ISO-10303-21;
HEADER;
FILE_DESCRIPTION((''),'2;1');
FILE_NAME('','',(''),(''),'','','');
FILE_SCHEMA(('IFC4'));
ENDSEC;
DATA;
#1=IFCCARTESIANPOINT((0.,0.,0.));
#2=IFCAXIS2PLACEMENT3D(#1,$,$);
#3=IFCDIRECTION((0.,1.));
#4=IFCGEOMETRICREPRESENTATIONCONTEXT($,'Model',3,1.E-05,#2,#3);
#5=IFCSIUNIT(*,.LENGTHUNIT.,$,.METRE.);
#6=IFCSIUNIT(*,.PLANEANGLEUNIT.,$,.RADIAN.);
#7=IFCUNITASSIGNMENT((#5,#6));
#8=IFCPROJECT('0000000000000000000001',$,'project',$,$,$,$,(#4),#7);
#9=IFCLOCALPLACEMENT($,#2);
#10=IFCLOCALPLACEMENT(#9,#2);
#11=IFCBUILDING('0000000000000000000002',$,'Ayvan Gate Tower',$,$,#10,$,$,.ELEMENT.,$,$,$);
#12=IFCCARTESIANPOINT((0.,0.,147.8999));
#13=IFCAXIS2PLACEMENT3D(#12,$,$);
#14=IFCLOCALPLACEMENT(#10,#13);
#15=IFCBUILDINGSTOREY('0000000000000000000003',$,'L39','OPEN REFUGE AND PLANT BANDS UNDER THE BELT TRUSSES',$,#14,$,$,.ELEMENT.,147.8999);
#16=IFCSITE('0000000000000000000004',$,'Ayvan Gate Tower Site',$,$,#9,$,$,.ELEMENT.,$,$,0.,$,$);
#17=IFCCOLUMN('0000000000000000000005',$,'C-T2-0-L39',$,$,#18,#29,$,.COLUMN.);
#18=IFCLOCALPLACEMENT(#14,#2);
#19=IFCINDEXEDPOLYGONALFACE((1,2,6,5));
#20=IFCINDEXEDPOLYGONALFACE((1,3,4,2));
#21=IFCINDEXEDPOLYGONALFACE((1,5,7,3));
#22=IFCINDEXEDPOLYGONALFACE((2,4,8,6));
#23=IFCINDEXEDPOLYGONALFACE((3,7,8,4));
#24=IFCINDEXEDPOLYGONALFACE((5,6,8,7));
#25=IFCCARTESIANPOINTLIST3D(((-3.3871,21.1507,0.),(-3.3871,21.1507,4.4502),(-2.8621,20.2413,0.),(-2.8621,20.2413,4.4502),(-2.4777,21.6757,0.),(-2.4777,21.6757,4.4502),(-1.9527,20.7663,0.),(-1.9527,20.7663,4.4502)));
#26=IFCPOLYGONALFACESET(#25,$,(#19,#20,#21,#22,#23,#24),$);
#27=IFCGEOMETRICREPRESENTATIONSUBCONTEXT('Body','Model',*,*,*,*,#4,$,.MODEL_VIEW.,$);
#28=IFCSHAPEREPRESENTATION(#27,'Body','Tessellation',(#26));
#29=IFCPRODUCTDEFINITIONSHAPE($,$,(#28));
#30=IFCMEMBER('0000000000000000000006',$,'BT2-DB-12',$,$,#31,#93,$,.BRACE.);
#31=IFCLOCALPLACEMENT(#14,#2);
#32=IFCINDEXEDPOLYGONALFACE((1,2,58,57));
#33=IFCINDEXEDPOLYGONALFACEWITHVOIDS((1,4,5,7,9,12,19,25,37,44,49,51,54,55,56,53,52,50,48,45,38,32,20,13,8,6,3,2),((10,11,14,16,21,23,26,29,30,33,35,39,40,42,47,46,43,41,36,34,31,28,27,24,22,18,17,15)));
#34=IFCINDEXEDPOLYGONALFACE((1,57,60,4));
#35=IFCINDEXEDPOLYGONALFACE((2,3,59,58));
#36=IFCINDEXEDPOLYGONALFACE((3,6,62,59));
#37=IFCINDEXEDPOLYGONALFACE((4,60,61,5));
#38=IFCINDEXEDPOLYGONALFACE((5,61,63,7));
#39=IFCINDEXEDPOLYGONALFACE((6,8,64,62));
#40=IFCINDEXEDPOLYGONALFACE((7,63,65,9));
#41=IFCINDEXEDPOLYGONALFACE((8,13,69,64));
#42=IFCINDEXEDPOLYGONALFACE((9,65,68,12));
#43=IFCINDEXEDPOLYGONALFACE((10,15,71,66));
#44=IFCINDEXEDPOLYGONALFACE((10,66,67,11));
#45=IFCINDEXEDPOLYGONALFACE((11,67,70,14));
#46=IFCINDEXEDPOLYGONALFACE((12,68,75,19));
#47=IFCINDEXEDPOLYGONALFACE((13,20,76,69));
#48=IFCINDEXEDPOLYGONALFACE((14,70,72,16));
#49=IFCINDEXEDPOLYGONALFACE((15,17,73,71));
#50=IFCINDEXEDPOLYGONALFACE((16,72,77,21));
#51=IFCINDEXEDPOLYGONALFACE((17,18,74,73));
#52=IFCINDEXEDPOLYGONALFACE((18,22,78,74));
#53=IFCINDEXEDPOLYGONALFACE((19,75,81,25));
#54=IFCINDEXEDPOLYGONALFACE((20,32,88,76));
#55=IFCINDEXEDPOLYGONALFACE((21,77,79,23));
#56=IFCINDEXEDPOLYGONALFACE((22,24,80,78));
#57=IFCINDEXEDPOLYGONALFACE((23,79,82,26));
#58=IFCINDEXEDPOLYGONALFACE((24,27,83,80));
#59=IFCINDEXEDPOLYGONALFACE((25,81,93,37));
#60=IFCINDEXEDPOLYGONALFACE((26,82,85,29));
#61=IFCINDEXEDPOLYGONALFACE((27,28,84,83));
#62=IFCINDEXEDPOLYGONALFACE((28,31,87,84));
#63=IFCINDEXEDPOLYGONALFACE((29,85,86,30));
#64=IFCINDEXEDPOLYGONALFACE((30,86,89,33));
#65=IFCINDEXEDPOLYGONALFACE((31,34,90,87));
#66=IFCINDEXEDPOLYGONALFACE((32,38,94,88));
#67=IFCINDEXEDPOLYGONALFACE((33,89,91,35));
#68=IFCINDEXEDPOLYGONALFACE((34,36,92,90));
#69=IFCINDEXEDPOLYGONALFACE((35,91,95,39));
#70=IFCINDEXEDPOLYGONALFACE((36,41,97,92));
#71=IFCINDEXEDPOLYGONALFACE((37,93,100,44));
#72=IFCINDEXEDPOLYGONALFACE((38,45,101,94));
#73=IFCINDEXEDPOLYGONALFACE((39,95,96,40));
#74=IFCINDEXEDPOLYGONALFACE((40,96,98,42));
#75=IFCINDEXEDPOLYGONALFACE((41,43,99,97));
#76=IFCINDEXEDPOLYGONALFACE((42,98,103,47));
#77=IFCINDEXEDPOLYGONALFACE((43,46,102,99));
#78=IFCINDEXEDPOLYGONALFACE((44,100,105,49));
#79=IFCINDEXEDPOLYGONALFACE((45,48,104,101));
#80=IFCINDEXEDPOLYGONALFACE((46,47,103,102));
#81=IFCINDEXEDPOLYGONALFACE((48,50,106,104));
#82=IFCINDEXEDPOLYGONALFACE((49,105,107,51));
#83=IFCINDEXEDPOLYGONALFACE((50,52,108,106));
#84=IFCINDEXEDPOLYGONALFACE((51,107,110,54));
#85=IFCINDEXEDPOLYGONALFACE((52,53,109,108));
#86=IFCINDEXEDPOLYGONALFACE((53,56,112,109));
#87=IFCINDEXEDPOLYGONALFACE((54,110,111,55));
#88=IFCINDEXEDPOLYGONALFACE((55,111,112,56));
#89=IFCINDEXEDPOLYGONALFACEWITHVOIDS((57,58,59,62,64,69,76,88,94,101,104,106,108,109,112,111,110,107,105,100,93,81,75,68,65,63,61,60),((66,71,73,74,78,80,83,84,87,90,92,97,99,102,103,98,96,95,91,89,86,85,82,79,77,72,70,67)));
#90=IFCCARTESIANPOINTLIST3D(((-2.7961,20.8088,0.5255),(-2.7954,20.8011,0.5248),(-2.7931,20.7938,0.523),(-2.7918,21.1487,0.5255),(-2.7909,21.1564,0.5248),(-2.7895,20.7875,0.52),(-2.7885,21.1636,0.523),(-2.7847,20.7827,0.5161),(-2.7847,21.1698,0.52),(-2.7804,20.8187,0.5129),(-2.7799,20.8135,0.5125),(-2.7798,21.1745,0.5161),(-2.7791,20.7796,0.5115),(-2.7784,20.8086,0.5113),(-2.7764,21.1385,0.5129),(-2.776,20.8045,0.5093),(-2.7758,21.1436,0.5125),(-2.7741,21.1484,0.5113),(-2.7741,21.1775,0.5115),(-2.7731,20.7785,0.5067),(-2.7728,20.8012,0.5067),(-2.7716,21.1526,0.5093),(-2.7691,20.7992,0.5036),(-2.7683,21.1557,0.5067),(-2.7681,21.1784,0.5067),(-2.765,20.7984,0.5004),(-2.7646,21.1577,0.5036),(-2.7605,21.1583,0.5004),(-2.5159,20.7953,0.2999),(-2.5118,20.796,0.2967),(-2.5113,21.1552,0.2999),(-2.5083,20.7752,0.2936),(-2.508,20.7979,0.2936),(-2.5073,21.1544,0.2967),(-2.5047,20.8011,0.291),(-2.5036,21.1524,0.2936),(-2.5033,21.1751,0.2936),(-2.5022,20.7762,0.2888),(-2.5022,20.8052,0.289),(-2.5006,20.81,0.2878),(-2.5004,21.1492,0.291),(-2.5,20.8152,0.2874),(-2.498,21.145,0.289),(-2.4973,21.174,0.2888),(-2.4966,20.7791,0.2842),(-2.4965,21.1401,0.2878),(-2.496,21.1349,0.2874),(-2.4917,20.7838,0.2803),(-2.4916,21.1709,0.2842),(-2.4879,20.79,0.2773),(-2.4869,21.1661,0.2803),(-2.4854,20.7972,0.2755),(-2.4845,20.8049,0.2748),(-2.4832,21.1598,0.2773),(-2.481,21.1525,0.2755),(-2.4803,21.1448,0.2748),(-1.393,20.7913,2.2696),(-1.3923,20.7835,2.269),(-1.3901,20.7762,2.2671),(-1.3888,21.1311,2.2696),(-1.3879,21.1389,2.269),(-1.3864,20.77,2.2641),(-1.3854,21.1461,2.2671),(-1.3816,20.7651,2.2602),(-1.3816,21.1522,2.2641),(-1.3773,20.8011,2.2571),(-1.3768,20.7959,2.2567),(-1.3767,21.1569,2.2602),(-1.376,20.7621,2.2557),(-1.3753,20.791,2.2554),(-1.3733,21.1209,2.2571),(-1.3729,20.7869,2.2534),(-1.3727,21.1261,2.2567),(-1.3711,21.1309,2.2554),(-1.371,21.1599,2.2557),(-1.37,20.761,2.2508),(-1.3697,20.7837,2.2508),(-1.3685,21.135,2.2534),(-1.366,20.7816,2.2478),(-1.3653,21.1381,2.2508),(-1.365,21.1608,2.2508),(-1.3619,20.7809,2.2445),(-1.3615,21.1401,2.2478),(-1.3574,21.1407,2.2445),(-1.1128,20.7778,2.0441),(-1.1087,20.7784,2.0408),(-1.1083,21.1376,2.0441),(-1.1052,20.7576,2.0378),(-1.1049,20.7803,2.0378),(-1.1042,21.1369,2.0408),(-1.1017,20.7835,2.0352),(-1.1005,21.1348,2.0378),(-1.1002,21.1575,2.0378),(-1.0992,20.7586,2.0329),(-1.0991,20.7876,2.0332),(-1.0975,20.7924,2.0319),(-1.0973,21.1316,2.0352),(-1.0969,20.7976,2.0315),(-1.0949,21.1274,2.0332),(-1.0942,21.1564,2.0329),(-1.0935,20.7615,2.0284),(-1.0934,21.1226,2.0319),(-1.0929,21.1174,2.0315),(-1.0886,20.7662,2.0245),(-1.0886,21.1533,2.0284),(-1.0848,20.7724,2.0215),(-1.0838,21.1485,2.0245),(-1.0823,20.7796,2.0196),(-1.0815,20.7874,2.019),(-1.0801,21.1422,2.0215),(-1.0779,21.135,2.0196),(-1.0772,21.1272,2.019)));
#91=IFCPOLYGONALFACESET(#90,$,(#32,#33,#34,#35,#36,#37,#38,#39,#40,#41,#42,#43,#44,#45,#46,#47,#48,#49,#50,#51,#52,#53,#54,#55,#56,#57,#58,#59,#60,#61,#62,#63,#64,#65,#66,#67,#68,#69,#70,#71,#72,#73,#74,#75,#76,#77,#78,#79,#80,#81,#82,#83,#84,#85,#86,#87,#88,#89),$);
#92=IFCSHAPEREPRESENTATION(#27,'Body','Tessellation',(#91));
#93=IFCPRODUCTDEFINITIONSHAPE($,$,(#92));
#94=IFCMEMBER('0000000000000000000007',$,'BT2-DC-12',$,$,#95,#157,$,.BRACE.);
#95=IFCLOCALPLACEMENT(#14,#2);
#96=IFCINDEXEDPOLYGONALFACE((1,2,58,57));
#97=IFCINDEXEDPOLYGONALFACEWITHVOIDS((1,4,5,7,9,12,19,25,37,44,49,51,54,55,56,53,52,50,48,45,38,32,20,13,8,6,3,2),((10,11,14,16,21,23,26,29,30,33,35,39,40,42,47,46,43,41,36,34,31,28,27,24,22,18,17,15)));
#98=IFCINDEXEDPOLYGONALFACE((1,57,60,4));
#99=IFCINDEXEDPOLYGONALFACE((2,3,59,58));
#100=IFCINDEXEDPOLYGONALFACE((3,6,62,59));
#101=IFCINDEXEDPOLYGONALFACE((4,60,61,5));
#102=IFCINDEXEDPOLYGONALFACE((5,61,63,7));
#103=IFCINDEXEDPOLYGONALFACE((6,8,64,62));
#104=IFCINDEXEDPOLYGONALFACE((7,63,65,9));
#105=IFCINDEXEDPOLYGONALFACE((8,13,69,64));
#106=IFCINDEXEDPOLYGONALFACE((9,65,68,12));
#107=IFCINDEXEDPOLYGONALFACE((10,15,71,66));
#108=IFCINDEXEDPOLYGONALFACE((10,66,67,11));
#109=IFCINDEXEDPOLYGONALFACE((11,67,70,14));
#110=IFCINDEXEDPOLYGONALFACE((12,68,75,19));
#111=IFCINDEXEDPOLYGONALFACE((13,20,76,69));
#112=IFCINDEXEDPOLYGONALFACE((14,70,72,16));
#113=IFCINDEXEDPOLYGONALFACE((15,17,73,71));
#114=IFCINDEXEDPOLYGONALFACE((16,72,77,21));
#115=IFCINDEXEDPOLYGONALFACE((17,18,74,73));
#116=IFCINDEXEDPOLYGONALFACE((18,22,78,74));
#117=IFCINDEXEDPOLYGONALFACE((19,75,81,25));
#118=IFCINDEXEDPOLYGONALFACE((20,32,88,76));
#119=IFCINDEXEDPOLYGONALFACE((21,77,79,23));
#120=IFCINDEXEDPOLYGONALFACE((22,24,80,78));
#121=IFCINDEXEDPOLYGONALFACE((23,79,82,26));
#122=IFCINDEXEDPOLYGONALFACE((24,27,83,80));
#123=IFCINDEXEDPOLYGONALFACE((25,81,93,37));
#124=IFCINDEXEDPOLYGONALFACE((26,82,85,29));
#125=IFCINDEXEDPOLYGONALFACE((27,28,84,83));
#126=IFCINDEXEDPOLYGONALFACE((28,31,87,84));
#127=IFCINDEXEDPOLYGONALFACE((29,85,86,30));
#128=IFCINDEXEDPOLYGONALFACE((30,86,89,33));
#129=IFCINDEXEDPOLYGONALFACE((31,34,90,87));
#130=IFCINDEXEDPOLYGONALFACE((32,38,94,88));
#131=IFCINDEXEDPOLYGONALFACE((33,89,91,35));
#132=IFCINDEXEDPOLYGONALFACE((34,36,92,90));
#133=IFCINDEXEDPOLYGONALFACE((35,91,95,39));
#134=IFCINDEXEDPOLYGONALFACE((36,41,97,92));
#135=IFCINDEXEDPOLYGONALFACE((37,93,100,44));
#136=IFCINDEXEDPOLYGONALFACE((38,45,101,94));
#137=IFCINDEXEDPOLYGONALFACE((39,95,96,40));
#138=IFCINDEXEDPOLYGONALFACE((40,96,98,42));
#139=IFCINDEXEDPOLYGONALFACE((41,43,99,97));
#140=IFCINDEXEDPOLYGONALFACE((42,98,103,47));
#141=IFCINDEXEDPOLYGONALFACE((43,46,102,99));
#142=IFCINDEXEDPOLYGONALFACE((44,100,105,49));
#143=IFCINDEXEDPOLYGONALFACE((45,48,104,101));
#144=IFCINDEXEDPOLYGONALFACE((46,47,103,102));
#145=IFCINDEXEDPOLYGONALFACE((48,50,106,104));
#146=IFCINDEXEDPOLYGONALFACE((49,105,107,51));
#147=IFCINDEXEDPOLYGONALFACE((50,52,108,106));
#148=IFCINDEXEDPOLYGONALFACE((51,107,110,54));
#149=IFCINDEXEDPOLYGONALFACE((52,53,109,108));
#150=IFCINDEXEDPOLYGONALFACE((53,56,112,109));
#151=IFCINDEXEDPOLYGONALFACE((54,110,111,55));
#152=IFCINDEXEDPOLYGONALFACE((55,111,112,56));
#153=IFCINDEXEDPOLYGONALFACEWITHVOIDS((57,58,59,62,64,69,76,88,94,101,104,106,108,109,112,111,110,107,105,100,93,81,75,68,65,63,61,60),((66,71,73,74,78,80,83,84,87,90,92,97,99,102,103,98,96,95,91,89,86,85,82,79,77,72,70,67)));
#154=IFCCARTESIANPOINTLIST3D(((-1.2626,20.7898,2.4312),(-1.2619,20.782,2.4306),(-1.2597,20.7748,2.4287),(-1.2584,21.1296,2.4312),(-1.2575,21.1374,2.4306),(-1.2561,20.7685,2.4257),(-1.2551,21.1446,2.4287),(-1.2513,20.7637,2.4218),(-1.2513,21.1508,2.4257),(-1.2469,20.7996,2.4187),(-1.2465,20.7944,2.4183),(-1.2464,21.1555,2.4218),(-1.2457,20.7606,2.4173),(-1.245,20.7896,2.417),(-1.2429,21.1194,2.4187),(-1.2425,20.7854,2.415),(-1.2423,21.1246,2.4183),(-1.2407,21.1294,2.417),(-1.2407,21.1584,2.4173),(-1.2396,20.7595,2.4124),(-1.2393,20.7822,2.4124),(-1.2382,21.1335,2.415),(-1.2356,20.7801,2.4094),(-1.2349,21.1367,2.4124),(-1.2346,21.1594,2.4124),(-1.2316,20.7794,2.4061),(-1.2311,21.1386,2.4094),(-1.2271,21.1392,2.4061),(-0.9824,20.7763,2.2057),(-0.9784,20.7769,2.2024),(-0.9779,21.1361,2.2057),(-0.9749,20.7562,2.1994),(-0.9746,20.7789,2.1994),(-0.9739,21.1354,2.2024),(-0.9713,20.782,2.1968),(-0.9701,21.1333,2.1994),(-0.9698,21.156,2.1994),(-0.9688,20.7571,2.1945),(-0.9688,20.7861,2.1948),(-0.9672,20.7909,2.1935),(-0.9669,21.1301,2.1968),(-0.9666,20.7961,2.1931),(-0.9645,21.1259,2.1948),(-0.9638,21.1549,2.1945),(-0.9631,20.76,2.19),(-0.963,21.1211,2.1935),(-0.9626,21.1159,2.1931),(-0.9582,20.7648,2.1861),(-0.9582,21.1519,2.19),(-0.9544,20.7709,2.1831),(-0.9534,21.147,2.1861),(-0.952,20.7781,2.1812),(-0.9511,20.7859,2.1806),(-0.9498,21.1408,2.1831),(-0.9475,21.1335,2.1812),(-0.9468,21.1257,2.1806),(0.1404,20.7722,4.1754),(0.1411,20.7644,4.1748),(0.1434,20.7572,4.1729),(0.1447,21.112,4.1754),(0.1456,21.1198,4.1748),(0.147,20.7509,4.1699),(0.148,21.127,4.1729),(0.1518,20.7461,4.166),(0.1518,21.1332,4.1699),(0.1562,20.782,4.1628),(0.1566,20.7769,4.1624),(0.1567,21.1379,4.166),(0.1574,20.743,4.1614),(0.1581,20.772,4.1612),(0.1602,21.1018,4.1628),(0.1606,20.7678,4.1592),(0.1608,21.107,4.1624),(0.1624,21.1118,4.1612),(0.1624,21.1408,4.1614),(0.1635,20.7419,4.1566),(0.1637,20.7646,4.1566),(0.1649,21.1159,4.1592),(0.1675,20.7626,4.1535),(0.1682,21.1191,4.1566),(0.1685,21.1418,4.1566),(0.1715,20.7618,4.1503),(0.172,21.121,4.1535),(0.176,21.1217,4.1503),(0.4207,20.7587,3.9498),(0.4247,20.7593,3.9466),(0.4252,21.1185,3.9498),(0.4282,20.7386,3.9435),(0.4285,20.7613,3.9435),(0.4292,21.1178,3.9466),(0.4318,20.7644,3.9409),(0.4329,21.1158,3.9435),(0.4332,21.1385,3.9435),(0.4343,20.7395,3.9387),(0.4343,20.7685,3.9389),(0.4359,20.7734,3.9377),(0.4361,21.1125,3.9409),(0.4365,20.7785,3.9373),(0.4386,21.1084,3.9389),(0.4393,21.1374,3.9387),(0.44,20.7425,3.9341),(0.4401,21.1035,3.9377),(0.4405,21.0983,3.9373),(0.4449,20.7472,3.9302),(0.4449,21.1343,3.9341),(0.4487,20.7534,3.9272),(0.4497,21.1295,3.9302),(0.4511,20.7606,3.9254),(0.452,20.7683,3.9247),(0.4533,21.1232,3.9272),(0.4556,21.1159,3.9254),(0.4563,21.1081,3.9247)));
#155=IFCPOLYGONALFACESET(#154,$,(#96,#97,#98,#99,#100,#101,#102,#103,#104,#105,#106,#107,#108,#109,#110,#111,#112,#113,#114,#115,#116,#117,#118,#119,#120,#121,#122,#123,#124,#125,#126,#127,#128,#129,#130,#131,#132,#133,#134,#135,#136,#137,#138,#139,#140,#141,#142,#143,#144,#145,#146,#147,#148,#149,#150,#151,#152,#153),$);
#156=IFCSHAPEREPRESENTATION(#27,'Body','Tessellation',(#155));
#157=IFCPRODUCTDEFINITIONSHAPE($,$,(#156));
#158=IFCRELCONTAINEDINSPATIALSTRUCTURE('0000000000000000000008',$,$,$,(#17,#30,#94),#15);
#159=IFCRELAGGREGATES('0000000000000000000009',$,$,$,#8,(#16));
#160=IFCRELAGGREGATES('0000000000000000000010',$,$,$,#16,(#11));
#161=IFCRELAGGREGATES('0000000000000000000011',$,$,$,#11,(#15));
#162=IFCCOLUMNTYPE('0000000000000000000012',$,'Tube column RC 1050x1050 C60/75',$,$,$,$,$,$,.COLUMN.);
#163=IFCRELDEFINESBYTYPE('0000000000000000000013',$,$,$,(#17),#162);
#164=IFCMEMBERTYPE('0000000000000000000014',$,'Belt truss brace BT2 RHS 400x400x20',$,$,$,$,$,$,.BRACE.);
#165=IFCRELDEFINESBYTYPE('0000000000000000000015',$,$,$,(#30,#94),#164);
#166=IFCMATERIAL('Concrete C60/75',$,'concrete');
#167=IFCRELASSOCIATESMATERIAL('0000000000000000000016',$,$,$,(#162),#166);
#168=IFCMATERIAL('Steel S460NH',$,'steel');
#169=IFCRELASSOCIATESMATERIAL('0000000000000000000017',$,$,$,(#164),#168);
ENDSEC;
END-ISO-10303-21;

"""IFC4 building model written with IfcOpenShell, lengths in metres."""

from ifc_helpers import new_model, si_unit, direction, frame, origin, origin_2d, place, context, subcontext, project, spatial, rectangle, hollow_rectangle, extrude, material, material_profile, profile_set, type_object, element, save


model = new_model("IFC4")

# Units and contexts
model_context = context("Model", 3, precision=1e-05, world=origin(), true_north=direction((0.0, 1.0)))
body_context = subcontext(model_context, "Body", "Model", "MODEL_VIEW")
ifc_project = project(units=[si_unit("LENGTHUNIT", "METRE"), si_unit("PLANEANGLEUNIT", "RADIAN")], contexts=[model_context])

# Site, building, storey
site_placement = place(None, origin())
site = spatial("IfcSite", under=ifc_project, at=site_placement, Name="Ayvan Gate Tower Site", CompositionType="ELEMENT", RefElevation=0.0)
building_placement = place(site_placement, origin())
building = spatial("IfcBuilding", under=site, at=building_placement, Name="Ayvan Gate Tower", CompositionType="ELEMENT")
storey_placement = place(building_placement, frame((0.0, 0.0, 147.8999)))
storey = spatial("IfcBuildingStorey", under=building, at=storey_placement, Name="L39", Description="OPEN REFUGE AND PLANT BANDS UNDER THE BELT TRUSSES", CompositionType="ELEMENT", Elevation=147.8999)

# Column
ifc_material_1 = material(Name="Concrete C60/75", Category="concrete")
ifc_material_profile_1 = material_profile(ifc_material_1, rectangle(XDim=1.05, YDim=1.05, at=origin_2d()), Name="RC 1050x1050")
ifc_profile_set_1 = profile_set([ifc_material_profile_1], Name="Concrete C60/75")
column_type = type_object("IfcColumnType", Name="Tube column RC 1050x1050 C60/75", PredefinedType="COLUMN", material=ifc_profile_set_1)
column_placement = place(storey_placement, frame((-2.6699, 20.9585, 0.0), z_axis=(0.0, 0.0, 1.0), x_axis=(-0.5, 0.866025, 0.0)))
element("IfcColumn", 1, at=column_placement, inside=storey, type_object=column_type, Name="C-T2-0-L39", PredefinedType="COLUMN", context=body_context, shape_type="SweptSolid", body=[
    extrude(rectangle(XDim=1.05, YDim=1.05, at=origin_2d()), origin(), (0.0, 0.0, 1.0), 4.4502),
])

# Members
ifc_material_2 = material(Name="Steel S460NH", Category="steel")
ifc_material_profile_2 = material_profile(ifc_material_2, hollow_rectangle(XDim=0.3999, YDim=0.3999, WallThickness=0.02, InnerFilletRadius=0.02, OuterFilletRadius=0.03, at=origin_2d()), Name="RHS 400x400x20")
ifc_profile_set_2 = profile_set([ifc_material_profile_2], Name="Steel S460NH")
member_type_1 = type_object("IfcMemberType", Name="Belt truss brace BT2 RHS 400x400x20", PredefinedType="BRACE", material=ifc_profile_set_2)
for number, where, z_axis, x_axis, name in (
    (2, (-2.6382, 20.9768, 0.4001), (0.626788, -0.007853, 0.77915), (0.012527, 0.999922, 0.0), "BT2-DB-12"),
    (3, (-1.1047, 20.9578, 2.3059), (0.626788, -0.007853, 0.77915), (0.012527, 0.999922, 0.0), "BT2-DC-12"),
):
    element("IfcMember", number, at=place(storey_placement, frame(where, z_axis=z_axis, x_axis=x_axis)), inside=storey, type_object=member_type_1, Name=name, PredefinedType="BRACE", context=body_context, shape_type="SweptSolid", body=[
        extrude(hollow_rectangle(XDim=0.3999, YDim=0.3999, WallThickness=0.02, InnerFilletRadius=0.02, OuterFilletRadius=0.03, at=origin_2d()), origin(), (0.0, 0.0, 1.0), 2.2385),
    ])

save(model, "model.ifc")
